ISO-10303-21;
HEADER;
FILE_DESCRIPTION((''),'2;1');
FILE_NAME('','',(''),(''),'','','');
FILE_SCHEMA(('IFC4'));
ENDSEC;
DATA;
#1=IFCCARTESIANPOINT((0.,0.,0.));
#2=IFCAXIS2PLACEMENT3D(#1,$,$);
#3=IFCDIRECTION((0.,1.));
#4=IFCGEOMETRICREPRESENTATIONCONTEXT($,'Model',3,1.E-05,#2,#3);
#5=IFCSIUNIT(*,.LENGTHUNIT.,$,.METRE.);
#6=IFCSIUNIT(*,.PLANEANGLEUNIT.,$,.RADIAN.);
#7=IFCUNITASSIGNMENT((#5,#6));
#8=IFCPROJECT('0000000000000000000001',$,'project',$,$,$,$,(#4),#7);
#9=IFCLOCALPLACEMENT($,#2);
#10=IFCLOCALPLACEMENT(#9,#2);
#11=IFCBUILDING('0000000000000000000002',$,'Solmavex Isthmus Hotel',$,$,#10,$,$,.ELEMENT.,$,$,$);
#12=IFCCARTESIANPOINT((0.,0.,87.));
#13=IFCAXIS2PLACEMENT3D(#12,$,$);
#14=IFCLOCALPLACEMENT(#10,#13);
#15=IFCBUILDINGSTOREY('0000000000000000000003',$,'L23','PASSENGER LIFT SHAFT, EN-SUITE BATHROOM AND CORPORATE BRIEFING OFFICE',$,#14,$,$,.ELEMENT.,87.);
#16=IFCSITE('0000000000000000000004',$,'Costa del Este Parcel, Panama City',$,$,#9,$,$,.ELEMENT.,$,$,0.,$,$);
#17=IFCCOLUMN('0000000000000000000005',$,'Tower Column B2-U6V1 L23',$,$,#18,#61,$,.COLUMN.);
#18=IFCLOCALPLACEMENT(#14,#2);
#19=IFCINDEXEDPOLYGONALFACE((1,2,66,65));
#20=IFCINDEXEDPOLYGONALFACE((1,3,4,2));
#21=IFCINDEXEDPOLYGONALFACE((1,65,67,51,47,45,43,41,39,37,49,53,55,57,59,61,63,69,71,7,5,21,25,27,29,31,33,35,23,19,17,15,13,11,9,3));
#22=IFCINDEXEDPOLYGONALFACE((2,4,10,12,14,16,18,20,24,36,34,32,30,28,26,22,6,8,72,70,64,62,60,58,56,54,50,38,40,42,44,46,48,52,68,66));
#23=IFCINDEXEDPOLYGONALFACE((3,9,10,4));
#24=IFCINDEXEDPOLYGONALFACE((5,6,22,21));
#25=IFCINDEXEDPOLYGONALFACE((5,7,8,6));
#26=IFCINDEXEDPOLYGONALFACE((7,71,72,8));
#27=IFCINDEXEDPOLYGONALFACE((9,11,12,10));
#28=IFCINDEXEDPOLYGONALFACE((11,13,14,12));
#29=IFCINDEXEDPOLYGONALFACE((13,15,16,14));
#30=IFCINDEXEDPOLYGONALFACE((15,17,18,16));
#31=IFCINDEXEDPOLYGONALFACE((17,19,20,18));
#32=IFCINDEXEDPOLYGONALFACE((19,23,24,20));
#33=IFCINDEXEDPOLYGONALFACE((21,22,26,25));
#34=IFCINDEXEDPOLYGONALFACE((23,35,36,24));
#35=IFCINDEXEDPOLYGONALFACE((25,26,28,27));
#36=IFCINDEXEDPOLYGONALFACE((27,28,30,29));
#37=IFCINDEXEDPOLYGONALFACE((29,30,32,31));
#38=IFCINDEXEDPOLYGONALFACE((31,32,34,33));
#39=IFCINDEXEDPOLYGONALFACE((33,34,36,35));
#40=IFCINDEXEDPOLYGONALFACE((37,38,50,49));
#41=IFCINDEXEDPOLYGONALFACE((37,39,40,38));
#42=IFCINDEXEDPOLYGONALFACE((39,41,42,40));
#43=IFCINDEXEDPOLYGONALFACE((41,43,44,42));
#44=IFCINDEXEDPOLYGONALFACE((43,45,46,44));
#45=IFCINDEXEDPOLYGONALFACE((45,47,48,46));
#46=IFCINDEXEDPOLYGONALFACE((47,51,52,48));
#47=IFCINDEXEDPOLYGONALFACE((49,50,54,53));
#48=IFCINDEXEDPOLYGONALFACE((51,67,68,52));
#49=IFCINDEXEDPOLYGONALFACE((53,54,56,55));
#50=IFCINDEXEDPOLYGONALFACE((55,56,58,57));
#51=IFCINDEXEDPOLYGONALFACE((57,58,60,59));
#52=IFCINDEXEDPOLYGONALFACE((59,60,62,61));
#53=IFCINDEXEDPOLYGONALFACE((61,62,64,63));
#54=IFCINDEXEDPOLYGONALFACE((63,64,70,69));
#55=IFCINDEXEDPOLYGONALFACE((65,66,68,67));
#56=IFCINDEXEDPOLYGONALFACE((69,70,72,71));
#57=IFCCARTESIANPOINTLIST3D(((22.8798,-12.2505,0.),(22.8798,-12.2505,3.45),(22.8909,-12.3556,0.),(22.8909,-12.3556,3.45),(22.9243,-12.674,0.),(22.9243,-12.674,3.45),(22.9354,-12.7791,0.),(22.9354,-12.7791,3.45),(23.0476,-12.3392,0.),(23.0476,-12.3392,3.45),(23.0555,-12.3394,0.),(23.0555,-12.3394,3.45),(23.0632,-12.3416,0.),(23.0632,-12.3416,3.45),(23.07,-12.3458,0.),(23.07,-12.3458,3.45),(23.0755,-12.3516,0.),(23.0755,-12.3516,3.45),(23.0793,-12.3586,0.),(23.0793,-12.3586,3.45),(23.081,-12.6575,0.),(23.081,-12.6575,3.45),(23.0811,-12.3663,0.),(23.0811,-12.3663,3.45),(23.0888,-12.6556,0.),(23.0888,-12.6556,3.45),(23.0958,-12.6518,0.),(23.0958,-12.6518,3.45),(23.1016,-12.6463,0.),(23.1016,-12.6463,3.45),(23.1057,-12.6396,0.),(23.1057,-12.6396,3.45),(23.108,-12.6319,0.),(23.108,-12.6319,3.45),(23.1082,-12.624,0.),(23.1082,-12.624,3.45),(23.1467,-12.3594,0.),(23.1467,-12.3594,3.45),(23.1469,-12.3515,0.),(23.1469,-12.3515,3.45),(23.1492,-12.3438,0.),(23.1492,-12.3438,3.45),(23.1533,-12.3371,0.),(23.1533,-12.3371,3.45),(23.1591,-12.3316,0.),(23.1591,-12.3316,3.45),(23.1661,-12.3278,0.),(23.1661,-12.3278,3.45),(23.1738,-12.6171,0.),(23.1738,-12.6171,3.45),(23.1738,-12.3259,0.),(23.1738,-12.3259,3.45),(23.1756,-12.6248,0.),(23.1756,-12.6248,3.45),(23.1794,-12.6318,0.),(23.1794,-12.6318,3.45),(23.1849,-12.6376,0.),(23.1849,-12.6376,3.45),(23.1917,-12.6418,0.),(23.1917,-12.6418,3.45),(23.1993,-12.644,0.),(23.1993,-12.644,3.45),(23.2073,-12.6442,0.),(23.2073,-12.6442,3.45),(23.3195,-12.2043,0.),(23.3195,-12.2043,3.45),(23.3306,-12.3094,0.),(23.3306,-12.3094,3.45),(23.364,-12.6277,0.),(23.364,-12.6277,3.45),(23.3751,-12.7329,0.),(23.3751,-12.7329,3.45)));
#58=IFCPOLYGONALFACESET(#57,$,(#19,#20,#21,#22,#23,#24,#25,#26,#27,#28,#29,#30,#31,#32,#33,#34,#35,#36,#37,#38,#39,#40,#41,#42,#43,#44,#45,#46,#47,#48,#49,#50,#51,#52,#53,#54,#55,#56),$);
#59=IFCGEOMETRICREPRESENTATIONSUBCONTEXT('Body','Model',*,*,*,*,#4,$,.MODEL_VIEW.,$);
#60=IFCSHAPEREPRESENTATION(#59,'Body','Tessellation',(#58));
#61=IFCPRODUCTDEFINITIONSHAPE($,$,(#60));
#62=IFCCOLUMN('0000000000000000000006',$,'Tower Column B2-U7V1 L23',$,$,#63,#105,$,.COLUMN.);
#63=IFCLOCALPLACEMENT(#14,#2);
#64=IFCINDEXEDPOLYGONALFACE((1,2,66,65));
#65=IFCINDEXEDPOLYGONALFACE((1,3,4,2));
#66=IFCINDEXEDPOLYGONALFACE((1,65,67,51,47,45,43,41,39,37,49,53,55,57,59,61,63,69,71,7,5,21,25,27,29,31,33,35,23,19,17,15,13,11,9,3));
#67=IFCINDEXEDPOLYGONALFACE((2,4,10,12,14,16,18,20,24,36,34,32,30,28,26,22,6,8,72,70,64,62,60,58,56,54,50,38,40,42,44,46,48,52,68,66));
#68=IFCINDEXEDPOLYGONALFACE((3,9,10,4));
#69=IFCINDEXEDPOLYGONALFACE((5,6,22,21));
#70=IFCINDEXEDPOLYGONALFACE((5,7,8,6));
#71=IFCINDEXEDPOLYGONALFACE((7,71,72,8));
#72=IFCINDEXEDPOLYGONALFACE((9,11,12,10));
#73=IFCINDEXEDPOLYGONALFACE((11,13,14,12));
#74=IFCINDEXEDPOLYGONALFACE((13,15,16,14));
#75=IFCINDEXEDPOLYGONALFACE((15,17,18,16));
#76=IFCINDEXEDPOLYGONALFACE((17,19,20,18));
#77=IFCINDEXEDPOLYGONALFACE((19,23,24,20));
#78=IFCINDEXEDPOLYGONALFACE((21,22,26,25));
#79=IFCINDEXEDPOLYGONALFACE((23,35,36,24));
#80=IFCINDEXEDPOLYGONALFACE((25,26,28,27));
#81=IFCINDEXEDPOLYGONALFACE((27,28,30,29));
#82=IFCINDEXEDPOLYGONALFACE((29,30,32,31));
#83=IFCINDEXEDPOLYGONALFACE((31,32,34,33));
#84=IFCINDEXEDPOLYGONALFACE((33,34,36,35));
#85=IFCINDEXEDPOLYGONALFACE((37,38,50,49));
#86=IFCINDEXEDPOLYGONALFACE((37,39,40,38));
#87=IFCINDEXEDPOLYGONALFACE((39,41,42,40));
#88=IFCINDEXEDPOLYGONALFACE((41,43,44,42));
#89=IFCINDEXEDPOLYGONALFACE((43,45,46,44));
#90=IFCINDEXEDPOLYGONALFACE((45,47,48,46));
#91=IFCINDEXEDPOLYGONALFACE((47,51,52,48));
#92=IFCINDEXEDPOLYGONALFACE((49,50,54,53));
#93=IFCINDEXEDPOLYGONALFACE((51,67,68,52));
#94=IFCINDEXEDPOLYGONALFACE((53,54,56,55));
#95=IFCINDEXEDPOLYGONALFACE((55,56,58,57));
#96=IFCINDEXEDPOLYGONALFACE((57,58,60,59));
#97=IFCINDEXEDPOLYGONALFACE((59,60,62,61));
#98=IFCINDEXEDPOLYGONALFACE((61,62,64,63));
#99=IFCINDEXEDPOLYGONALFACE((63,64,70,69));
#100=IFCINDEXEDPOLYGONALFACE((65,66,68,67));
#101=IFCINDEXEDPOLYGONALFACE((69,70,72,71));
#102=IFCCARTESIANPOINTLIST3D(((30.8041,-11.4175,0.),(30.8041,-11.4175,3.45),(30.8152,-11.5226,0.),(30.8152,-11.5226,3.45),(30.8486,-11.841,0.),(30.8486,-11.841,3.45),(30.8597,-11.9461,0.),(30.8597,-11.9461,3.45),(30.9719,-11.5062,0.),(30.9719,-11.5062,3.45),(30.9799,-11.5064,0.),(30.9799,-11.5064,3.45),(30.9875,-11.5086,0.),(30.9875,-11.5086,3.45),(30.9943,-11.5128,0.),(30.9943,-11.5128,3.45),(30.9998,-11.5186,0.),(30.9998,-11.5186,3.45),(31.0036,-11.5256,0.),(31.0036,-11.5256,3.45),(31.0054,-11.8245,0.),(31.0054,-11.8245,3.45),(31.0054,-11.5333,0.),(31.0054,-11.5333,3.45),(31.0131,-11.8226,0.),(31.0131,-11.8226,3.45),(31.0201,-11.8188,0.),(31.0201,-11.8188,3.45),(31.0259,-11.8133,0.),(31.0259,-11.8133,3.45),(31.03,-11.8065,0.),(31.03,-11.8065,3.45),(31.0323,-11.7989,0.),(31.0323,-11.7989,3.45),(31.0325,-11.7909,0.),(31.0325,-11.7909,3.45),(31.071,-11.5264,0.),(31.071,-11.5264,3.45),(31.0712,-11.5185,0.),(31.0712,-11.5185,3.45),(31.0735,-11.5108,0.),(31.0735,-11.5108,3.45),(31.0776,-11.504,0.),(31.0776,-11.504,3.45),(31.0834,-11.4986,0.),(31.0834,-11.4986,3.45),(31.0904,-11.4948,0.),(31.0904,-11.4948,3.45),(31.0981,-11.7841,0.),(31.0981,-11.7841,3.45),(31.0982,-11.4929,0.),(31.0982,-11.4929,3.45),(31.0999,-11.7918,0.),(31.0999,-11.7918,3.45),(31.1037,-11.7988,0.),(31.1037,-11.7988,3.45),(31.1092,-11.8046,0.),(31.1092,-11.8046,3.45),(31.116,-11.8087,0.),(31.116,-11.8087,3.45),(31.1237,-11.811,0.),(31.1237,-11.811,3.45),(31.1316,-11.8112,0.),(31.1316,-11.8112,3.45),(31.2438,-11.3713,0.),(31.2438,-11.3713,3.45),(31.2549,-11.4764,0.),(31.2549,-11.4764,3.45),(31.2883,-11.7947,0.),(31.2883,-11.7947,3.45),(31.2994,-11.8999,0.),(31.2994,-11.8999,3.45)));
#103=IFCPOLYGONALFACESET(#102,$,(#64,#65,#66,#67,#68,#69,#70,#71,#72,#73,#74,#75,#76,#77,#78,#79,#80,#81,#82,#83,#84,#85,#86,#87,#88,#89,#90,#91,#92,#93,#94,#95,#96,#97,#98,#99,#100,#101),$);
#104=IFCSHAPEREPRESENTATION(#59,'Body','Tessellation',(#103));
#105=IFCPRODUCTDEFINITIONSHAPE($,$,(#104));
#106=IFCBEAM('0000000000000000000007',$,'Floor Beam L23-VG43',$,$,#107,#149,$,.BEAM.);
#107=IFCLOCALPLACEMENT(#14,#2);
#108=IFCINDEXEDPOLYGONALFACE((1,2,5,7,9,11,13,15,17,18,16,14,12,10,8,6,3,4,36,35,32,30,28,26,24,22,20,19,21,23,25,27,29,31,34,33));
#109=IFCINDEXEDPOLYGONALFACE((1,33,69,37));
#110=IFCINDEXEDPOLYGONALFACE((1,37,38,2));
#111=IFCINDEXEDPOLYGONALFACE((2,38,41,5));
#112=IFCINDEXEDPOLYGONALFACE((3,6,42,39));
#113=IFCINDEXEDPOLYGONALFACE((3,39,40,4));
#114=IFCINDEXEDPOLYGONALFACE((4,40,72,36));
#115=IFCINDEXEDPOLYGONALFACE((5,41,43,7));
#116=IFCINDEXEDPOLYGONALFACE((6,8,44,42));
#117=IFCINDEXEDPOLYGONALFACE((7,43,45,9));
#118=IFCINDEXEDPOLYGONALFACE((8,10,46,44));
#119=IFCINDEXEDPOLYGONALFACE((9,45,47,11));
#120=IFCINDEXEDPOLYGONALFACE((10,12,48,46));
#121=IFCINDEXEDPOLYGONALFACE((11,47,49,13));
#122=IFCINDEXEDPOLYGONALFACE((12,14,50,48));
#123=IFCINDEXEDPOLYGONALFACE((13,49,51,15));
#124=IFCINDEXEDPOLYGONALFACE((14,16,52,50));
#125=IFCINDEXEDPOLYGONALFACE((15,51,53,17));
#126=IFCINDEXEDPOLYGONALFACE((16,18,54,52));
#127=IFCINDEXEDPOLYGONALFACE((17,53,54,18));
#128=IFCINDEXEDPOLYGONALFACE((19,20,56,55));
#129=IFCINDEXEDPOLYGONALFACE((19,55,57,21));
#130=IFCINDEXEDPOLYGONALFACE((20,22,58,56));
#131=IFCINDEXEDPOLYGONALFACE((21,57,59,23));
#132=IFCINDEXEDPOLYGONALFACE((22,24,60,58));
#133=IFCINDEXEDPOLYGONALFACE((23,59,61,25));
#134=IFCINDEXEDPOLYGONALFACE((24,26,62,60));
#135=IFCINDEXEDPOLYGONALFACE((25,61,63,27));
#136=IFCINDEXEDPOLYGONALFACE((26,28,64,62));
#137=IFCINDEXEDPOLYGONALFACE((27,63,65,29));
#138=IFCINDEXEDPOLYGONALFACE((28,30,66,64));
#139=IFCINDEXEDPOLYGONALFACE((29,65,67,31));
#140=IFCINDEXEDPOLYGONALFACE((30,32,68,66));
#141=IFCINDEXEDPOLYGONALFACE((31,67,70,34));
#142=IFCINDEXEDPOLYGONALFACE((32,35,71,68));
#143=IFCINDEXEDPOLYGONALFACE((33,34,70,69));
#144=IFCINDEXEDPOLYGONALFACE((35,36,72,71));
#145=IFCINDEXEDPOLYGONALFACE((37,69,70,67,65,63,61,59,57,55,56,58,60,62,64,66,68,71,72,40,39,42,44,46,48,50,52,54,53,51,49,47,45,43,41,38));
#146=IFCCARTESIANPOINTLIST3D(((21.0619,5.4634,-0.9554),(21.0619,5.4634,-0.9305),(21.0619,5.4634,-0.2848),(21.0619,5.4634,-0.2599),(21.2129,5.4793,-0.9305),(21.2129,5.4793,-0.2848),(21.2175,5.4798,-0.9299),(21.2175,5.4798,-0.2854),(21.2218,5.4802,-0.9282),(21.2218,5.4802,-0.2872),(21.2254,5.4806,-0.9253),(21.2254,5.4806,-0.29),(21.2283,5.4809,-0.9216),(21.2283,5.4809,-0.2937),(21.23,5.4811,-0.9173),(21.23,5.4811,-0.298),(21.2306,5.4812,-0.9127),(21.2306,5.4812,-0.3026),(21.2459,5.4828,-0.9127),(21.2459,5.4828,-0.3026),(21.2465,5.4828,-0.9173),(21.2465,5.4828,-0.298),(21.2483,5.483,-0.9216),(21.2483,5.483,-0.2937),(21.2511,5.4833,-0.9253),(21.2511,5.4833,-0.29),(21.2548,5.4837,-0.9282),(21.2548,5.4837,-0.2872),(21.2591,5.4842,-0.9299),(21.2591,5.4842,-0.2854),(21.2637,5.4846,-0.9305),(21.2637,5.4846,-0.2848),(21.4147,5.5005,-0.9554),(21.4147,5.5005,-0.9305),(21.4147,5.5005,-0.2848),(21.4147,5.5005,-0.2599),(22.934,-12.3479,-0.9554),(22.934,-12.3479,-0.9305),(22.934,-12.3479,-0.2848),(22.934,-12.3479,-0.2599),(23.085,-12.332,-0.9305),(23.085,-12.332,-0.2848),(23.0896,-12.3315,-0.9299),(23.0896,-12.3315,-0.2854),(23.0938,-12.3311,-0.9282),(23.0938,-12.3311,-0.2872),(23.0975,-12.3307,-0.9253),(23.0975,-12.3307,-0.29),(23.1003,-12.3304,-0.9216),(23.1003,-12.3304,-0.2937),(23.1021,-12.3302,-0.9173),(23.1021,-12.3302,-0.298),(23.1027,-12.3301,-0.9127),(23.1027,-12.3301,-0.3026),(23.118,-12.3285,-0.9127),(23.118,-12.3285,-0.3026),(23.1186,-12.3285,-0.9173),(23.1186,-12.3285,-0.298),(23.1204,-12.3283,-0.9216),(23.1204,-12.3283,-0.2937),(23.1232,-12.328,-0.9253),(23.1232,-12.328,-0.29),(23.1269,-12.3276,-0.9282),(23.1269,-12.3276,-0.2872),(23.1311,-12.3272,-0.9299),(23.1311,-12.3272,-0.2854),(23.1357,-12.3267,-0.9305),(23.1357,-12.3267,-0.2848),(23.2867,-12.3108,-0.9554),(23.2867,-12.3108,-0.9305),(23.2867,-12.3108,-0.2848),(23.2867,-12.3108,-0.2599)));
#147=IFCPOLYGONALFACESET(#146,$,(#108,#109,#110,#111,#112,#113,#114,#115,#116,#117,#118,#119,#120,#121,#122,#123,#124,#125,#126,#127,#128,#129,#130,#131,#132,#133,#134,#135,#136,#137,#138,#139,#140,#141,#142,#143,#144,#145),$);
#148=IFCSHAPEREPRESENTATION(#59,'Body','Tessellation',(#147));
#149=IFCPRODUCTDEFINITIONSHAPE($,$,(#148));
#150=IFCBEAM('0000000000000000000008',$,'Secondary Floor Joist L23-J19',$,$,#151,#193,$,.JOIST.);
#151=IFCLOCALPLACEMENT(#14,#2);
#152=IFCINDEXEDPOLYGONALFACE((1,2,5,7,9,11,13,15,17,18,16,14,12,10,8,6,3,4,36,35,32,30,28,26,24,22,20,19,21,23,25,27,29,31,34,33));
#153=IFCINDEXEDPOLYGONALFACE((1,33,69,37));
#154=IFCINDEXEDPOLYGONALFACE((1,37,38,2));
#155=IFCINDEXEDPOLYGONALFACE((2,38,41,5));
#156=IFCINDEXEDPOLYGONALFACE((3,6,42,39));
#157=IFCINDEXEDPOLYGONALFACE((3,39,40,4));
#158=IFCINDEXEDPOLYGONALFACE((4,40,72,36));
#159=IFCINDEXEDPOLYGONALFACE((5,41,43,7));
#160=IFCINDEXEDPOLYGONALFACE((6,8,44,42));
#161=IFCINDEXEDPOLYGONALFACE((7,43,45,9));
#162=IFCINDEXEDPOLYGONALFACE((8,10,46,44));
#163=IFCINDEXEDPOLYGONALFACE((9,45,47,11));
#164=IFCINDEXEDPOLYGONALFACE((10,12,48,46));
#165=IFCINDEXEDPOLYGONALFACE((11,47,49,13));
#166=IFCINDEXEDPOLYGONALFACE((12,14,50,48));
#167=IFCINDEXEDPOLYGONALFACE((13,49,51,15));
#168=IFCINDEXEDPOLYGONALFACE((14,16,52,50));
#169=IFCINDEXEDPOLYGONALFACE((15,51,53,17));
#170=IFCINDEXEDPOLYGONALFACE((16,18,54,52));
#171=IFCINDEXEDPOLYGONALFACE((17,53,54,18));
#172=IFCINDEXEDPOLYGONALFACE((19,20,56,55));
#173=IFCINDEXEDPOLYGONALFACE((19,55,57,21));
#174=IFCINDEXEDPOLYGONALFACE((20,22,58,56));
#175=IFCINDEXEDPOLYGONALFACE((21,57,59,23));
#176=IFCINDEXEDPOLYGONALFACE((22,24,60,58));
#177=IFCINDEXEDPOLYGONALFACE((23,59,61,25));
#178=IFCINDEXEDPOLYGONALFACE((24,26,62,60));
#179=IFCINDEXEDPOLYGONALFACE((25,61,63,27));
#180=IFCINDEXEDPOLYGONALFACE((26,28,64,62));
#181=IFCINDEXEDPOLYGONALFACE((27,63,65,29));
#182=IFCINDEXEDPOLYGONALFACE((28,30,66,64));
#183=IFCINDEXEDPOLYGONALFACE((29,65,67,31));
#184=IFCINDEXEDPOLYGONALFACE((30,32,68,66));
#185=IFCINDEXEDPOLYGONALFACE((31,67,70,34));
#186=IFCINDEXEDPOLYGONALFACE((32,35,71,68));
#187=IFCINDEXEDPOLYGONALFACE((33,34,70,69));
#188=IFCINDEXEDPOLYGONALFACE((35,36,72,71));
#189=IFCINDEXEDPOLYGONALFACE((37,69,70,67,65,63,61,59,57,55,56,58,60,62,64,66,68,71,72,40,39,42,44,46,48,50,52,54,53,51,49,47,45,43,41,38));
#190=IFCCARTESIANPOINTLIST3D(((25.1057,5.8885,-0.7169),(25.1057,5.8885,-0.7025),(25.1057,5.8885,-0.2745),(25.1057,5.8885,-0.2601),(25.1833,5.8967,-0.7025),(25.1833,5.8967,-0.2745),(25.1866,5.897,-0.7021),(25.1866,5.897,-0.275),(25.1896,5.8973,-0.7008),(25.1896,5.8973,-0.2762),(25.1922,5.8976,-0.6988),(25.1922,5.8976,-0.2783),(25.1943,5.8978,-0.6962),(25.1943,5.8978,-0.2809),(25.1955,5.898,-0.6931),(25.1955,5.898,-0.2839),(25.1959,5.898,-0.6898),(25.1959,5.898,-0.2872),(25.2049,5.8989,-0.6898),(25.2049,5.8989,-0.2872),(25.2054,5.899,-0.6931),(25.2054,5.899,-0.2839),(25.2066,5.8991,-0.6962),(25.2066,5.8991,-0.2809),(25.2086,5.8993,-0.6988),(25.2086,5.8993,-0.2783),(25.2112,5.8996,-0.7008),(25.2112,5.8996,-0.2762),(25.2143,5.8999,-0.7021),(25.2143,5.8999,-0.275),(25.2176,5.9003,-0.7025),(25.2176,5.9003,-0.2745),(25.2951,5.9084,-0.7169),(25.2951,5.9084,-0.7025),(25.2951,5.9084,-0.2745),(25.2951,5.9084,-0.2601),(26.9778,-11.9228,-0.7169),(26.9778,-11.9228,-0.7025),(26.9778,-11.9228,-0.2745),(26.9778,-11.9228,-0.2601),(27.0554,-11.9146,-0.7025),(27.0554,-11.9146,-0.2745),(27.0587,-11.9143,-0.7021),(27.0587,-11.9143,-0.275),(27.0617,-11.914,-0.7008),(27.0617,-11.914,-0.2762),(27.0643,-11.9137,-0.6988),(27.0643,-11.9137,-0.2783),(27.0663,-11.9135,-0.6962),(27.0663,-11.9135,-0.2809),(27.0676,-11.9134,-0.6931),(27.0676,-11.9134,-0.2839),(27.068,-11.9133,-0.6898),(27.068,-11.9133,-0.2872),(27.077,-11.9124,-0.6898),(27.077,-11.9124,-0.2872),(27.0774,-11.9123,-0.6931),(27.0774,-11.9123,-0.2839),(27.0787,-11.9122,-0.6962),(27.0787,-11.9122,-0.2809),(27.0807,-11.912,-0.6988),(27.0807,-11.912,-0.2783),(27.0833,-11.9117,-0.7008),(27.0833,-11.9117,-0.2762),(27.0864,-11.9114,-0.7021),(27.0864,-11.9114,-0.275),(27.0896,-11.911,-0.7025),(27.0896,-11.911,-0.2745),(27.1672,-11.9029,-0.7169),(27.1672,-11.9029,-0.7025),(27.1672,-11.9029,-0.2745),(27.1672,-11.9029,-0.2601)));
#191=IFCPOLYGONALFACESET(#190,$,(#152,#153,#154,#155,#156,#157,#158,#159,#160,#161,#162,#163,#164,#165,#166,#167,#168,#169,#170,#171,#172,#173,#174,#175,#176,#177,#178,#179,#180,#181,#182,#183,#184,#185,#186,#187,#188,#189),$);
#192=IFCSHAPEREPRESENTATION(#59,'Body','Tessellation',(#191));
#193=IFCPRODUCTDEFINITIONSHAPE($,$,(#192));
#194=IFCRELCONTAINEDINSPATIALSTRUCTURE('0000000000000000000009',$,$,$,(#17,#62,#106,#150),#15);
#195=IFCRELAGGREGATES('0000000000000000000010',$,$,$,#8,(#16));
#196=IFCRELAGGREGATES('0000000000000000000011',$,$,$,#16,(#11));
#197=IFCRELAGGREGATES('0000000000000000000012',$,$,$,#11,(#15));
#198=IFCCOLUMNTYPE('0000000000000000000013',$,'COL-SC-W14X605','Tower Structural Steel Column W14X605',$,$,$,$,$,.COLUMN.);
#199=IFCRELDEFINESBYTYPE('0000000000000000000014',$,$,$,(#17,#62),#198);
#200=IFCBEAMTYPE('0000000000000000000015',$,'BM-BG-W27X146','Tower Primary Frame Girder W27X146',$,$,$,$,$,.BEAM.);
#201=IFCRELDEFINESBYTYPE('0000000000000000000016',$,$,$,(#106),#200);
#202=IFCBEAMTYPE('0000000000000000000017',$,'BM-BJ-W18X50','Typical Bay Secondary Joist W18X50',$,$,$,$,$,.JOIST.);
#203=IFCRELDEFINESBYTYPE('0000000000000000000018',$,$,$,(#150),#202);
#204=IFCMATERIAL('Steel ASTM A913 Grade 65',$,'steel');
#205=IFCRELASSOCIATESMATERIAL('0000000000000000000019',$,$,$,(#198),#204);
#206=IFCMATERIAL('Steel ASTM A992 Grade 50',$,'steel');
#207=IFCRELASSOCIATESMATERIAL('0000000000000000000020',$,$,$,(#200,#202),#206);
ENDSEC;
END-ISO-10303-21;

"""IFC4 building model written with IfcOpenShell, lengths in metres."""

from ifc_helpers import new_model, si_unit, direction, frame, origin, origin_2d, place, context, subcontext, project, spatial, i_section, extrude, material, material_profile, profile_set, type_object, element, save


model = new_model("IFC4")

# Units and contexts
model_context = context("Model", 3, precision=1e-05, world=origin(), true_north=direction((0.0, 1.0)))
body_context = subcontext(model_context, "Body", "Model", "MODEL_VIEW")
ifc_project = project(units=[si_unit("LENGTHUNIT", "METRE"), si_unit("PLANEANGLEUNIT", "RADIAN")], contexts=[model_context])

# Site, building, storey
site_placement = place(None, origin())
site = spatial("IfcSite", under=ifc_project, at=site_placement, Name="Costa del Este Parcel, Panama City", CompositionType="ELEMENT", RefElevation=0.0)
building_placement = place(site_placement, origin())
building = spatial("IfcBuilding", under=site, at=building_placement, Name="Solmavex Isthmus Hotel", CompositionType="ELEMENT")
storey_placement = place(building_placement, frame((0.0, 0.0, 87.0)))
storey = spatial("IfcBuildingStorey", under=building, at=storey_placement, Name="L23", Description="PASSENGER LIFT SHAFT, EN-SUITE BATHROOM AND CORPORATE BRIEFING OFFICE", CompositionType="ELEMENT", Elevation=87.0)

# Columns
ifc_material_1 = material(Name="Steel ASTM A913 Grade 65", Category="steel")
ifc_material_profile_1 = material_profile(ifc_material_1, i_section(OverallWidth=0.4421, OverallDepth=0.5315, WebThickness=0.0659, FlangeThickness=0.1057, FilletRadius=0.0305, at=origin_2d()), Name="W14X605")
ifc_profile_set_1 = profile_set([ifc_material_profile_1], Name="Steel ASTM A913 Grade 65")
column_type = type_object("IfcColumnType", Name="COL-SC-W14X605", Description="Tower Structural Steel Column W14X605", PredefinedType="COLUMN", material=ifc_profile_set_1)
for number, where, z_axis, x_axis, name in (
    (1, (23.1274, -12.4917, 0.0), (0.0, 0.0, 1.0), (0.994522, 0.104528, 0.0), "Tower Column B2-U6V1 L23"),
    (2, (31.0518, -11.6587, 0.0), (0.0, 0.0, 1.0), (0.994522, 0.104528, 0.0), "Tower Column B2-U7V1 L23"),
):
    element("IfcColumn", number, at=place(storey_placement, frame(where, z_axis=z_axis, x_axis=x_axis)), inside=storey, type_object=column_type, Name=name, PredefinedType="COLUMN", context=body_context, shape_type="SweptSolid", body=[
        extrude(i_section(OverallWidth=0.4421, OverallDepth=0.5315, WebThickness=0.0659, FlangeThickness=0.1057, FilletRadius=0.0305, at=origin_2d()), origin(), (0.0, 0.0, 1.0), 3.45),
    ])

# Beams
ifc_material_2 = material(Name="Steel ASTM A992 Grade 50", Category="steel")
ifc_material_profile_2 = material_profile(ifc_material_2, i_section(OverallWidth=0.3547, OverallDepth=0.6956, WebThickness=0.0154, FlangeThickness=0.0249, FilletRadius=0.0178, at=origin_2d()), Name="W27X146")
ifc_profile_set_2 = profile_set([ifc_material_profile_2], Name="Steel ASTM A992 Grade 50")
beam_type_1 = type_object("IfcBeamType", Name="BM-BG-W27X146", Description="Tower Primary Frame Girder W27X146", PredefinedType="BEAM", material=ifc_profile_set_2)
beam_1_placement = place(storey_placement, frame((23.1104, -12.3293, -0.6077), z_axis=(-0.10453, 0.994522, 0.0), x_axis=(-0.994522, -0.10453, 0.0)))
element("IfcBeam", 3, at=beam_1_placement, inside=storey, type_object=beam_type_1, Name="Floor Beam L23-VG43", PredefinedType="BEAM", context=body_context, shape_type="SweptSolid", body=[
    extrude(i_section(OverallWidth=0.3547, OverallDepth=0.6956, WebThickness=0.0154, FlangeThickness=0.0249, FilletRadius=0.0178, at=origin_2d()), origin(), (0.0, 0.0, 1.0), 17.9094),
])
ifc_material_profile_3 = material_profile(ifc_material_2, i_section(OverallWidth=0.1904, OverallDepth=0.4568, WebThickness=0.009, FlangeThickness=0.0144, FilletRadius=0.0127, at=origin_2d()), Name="W18X50")
ifc_profile_set_3 = profile_set([ifc_material_profile_3], Name="Steel ASTM A992 Grade 50")
beam_type_2 = type_object("IfcBeamType", Name="BM-BJ-W18X50", Description="Typical Bay Secondary Joist W18X50", PredefinedType="JOIST", material=ifc_profile_set_3)
beam_2_placement = place(storey_placement, frame((27.0725, -11.9128, -0.4885), z_axis=(-0.10453, 0.994522, 0.0), x_axis=(-0.994522, -0.10453, 0.0)))
element("IfcBeam", 4, at=beam_2_placement, inside=storey, type_object=beam_type_2, Name="Secondary Floor Joist L23-J19", PredefinedType="JOIST", context=body_context, shape_type="SweptSolid", body=[
    extrude(i_section(OverallWidth=0.1904, OverallDepth=0.4568, WebThickness=0.009, FlangeThickness=0.0144, FilletRadius=0.0127, at=origin_2d()), origin(), (0.0, 0.0, 1.0), 17.9094),
])

save(model, "model.ifc")
